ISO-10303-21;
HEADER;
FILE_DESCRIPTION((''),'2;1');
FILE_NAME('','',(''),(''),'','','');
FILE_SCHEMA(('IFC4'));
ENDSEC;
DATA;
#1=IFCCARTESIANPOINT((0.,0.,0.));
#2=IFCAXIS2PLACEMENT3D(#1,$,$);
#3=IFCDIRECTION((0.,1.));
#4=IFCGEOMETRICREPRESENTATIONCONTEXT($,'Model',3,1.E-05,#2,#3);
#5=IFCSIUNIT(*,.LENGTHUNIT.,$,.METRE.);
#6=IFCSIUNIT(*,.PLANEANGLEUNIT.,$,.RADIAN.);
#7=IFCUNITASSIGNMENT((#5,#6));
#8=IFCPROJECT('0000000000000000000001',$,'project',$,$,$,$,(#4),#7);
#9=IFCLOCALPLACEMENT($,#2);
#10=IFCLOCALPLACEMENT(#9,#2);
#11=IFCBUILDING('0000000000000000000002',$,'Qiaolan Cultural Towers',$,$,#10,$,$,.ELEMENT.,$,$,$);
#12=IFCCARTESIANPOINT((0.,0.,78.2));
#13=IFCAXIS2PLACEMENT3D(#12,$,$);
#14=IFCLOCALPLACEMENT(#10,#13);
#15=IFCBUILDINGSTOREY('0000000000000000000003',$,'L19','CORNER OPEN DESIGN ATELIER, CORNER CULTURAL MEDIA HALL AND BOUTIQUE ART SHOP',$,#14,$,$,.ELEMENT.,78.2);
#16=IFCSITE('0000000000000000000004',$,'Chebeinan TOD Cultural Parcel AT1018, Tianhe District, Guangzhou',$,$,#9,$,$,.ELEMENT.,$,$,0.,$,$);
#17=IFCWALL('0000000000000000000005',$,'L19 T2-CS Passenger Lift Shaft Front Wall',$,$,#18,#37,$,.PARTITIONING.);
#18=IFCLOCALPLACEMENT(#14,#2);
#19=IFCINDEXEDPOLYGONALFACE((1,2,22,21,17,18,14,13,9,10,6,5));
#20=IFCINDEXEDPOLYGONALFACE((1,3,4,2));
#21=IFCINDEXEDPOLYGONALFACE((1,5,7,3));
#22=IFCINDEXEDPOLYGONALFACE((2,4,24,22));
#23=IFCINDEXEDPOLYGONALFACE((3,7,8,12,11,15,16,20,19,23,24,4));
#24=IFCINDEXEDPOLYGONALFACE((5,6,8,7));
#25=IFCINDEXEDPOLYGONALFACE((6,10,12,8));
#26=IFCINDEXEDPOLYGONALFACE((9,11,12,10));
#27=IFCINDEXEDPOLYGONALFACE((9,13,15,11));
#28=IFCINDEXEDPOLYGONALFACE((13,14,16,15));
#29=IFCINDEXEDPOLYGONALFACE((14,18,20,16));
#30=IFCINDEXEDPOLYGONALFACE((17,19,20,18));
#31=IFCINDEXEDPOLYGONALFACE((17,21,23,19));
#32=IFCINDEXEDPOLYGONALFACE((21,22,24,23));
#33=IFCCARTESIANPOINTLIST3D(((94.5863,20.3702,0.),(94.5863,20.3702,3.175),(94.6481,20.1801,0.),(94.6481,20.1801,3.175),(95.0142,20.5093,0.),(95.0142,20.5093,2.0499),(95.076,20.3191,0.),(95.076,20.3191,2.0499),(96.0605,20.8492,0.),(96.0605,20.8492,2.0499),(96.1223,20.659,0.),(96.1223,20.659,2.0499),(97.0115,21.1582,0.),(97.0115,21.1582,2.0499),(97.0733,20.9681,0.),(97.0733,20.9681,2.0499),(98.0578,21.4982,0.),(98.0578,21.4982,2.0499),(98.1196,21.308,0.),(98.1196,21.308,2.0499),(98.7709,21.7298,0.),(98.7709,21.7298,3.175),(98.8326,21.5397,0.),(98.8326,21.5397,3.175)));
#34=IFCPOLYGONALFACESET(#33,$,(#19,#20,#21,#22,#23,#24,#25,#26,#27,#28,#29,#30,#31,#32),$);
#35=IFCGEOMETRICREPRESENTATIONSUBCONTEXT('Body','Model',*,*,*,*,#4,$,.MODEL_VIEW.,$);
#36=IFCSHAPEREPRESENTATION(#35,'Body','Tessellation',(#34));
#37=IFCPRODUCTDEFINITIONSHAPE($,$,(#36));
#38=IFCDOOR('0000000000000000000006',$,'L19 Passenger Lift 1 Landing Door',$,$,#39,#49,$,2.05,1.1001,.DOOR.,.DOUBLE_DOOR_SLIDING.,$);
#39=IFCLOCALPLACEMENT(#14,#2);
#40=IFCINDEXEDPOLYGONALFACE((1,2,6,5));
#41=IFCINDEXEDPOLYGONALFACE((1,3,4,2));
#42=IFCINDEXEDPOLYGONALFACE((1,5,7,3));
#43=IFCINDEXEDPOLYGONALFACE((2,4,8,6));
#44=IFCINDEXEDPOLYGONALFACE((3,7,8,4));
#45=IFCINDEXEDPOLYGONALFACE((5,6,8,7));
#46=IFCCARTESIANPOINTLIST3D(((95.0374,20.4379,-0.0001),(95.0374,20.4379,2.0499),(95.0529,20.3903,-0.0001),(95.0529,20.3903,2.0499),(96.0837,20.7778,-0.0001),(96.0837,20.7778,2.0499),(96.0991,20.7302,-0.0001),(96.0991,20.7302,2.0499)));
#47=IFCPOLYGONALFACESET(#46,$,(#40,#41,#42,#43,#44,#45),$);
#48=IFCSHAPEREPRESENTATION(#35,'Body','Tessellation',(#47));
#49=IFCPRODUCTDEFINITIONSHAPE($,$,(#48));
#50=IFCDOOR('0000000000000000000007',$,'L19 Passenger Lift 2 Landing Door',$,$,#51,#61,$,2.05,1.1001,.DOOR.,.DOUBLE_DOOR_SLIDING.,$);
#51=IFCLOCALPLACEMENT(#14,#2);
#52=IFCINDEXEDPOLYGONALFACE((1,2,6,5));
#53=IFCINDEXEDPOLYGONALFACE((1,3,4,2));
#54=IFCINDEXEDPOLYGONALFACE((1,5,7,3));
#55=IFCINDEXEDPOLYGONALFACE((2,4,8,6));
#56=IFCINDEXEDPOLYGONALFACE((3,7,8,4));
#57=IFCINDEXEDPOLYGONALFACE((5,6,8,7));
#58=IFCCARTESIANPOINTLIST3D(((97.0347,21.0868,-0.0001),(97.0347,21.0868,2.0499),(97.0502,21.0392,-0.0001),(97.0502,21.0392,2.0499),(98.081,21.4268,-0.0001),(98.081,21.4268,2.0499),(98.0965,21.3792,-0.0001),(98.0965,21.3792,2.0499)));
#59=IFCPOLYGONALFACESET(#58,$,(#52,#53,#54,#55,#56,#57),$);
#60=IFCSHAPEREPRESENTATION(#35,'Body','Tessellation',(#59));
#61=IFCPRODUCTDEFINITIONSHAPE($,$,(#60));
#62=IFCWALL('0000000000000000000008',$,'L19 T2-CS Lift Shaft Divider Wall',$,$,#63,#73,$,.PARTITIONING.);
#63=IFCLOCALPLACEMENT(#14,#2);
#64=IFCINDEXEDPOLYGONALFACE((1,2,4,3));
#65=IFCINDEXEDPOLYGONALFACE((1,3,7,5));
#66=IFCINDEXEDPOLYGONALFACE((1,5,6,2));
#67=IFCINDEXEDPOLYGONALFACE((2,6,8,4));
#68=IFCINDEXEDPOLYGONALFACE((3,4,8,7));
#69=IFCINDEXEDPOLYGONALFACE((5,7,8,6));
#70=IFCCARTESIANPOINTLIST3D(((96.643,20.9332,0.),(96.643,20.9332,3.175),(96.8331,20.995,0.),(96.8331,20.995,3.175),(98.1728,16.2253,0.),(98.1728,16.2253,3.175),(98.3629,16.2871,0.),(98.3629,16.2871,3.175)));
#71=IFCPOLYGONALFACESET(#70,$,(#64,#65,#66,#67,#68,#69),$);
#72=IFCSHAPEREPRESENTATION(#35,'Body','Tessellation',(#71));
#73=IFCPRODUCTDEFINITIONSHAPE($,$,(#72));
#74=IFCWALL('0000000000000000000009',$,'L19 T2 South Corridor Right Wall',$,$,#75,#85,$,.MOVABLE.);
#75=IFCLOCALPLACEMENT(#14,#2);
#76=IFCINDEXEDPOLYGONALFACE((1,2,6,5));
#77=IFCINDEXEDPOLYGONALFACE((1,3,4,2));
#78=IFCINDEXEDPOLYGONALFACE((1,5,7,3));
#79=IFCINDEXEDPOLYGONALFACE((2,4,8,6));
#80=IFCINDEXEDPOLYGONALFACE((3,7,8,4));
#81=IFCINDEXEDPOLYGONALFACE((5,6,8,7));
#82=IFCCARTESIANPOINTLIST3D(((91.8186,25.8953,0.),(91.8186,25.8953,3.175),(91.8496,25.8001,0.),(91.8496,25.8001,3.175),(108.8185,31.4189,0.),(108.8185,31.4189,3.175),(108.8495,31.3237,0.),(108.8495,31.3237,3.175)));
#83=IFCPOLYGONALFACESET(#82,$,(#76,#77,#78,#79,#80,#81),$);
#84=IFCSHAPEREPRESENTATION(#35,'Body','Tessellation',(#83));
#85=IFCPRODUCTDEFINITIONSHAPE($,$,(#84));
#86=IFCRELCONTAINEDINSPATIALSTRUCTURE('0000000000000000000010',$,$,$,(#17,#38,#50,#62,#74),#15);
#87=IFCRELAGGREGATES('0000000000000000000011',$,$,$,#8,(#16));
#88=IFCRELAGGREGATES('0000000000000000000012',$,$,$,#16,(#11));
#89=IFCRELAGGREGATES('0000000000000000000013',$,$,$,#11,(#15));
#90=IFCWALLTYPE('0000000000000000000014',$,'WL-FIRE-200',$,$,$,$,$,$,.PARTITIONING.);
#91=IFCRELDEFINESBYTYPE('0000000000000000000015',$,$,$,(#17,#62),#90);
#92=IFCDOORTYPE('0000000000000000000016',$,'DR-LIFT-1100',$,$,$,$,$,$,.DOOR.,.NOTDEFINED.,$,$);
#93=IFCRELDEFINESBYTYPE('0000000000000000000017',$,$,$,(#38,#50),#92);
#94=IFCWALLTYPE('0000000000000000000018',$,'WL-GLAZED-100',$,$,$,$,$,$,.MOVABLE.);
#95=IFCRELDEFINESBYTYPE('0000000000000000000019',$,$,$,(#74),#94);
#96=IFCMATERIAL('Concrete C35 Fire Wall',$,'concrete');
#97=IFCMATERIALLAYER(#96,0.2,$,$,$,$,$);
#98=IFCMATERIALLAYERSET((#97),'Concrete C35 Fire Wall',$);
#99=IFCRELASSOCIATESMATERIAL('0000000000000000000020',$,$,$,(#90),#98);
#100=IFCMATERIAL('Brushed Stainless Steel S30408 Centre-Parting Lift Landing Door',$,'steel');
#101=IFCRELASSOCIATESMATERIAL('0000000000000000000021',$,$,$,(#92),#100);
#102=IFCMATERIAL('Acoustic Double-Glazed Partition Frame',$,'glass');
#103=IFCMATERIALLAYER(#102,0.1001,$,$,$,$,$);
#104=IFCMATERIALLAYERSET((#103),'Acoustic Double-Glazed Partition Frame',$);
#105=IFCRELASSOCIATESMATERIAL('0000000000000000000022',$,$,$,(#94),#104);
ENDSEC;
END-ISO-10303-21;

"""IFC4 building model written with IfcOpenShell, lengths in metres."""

from ifc_helpers import new_model, si_unit, direction, frame, frame_2d, origin, place, context, subcontext, project, spatial, rectangle, extrude, material, layer, layer_set, type_object, element, fill, save


model = new_model("IFC4")

# Units and contexts
model_context = context("Model", 3, precision=1e-05, world=origin(), true_north=direction((0.0, 1.0)))
body_context = subcontext(model_context, "Body", "Model", "MODEL_VIEW")
ifc_project = project(units=[si_unit("LENGTHUNIT", "METRE"), si_unit("PLANEANGLEUNIT", "RADIAN")], contexts=[model_context])

# Site, building, storey
site_placement = place(None, origin())
site = spatial("IfcSite", under=ifc_project, at=site_placement, Name="Chebeinan TOD Cultural Parcel AT1018, Tianhe District, Guangzhou", CompositionType="ELEMENT", RefElevation=0.0)
building_placement = place(site_placement, origin())
building = spatial("IfcBuilding", under=site, at=building_placement, Name="Qiaolan Cultural Towers", CompositionType="ELEMENT")
storey_placement = place(building_placement, frame((0.0, 0.0, 78.2)))
storey = spatial("IfcBuildingStorey", under=building, at=storey_placement, Name="L19", Description="CORNER OPEN DESIGN ATELIER, CORNER CULTURAL MEDIA HALL AND BOUTIQUE ART SHOP", CompositionType="ELEMENT", Elevation=78.2)

# Shared definitions
ifc_material_1 = material(Name="Concrete C35 Fire Wall", Category="concrete")
ifc_layer_1 = layer(ifc_material_1, 0.2)
ifc_layer_set_1 = layer_set([ifc_layer_1], Name="Concrete C35 Fire Wall")
wall_type_1 = type_object("IfcWallType", Name="WL-FIRE-200", PredefinedType="PARTITIONING", material=ifc_layer_set_1)

# Wall, openings, doors
wall_1_placement = place(storey_placement, frame((94.6172, 20.2751, 0.0), z_axis=(0.0, 0.0, 1.0), x_axis=(0.951059, 0.309011, 0.0)))
wall_1 = element("IfcWall", 1, at=wall_1_placement, inside=storey, type_object=wall_type_1, Name="L19 T2-CS Passenger Lift Shaft Front Wall", PredefinedType="PARTITIONING", context=body_context, shape_type="SweptSolid", body=[
    extrude(rectangle(XDim=4.3999, YDim=0.2, at=frame_2d((2.2, 0.0))), origin(), (0.0, 0.0, 1.0), 3.175),
])
opening_1_placement = place(wall_1_placement, frame((0.45, 0.0, 0.0)))
opening_1 = element("IfcOpeningElement", 2, at=opening_1_placement, cuts=wall_1, PredefinedType="OPENING", context=body_context, shape_type="SweptSolid", body=[
    extrude(rectangle(XDim=1.1001, YDim=2.05, at=frame_2d((0.55, 1.0249))), frame((0.0, 0.1099, 0.0), z_axis=(0.0, -1.0, 0.0), x_axis=(1.0, 0.0, 0.0)), (0.0, 0.0, 1.0), 0.22),
])
opening_2_placement = place(wall_1_placement, frame((2.55, 0.0, 0.0)))
opening_2 = element("IfcOpeningElement", 3, at=opening_2_placement, cuts=wall_1, PredefinedType="OPENING", context=body_context, shape_type="SweptSolid", body=[
    extrude(rectangle(XDim=1.1001, YDim=2.05, at=frame_2d((0.55, 1.0249))), frame((0.0, 0.1099, 0.0), z_axis=(0.0, -1.0, 0.0), x_axis=(1.0, 0.0, 0.0)), (0.0, 0.0, 1.0), 0.22),
])
ifc_material_2 = material(Name="Brushed Stainless Steel S30408 Centre-Parting Lift Landing Door", Category="steel")
door_type_1 = type_object("IfcDoorType", Name="DR-LIFT-1100", OperationType="NOTDEFINED", PredefinedType="DOOR", material=ifc_material_2)
door_1_placement = place(opening_1_placement, origin())
door_1 = element("IfcDoor", 4, at=door_1_placement, inside=storey, type_object=door_type_1, Name="L19 Passenger Lift 1 Landing Door", OperationType="DOUBLE_DOOR_SLIDING", OverallHeight=2.05, OverallWidth=1.1001, PredefinedType="DOOR", context=body_context, shape_type="SweptSolid", body=[
    extrude(rectangle(XDim=1.1001, YDim=2.05, at=frame_2d((0.55, 1.0249))), frame((0.0, 0.0249, 0.0), z_axis=(0.0, -1.0, 0.0), x_axis=(1.0, 0.0, 0.0)), (0.0, 0.0, 1.0), 0.05),
])
fill(opening_1, door_1)
door_2_placement = place(opening_2_placement, origin())
door_2 = element("IfcDoor", 5, at=door_2_placement, inside=storey, type_object=door_type_1, Name="L19 Passenger Lift 2 Landing Door", OperationType="DOUBLE_DOOR_SLIDING", OverallHeight=2.05, OverallWidth=1.1001, PredefinedType="DOOR", context=body_context, shape_type="SweptSolid", body=[
    extrude(rectangle(XDim=1.1001, YDim=2.05, at=frame_2d((0.55, 1.0249))), frame((0.0, 0.0249, 0.0), z_axis=(0.0, -1.0, 0.0), x_axis=(1.0, 0.0, 0.0)), (0.0, 0.0, 1.0), 0.05),
])
fill(opening_2, door_2)

# Walls
wall_2_placement = place(storey_placement, frame((96.738, 20.9641, 0.0), z_axis=(0.0, 0.0, 1.0), x_axis=(0.309043, -0.951048, 0.0)))
element("IfcWall", 6, at=wall_2_placement, inside=storey, type_object=wall_type_1, Name="L19 T2-CS Lift Shaft Divider Wall", PredefinedType="PARTITIONING", context=body_context, shape_type="SweptSolid", body=[
    extrude(rectangle(XDim=4.9502, YDim=0.2, at=frame_2d((2.4751, 0.0))), origin(), (0.0, 0.0, 1.0), 3.175),
])
ifc_material_3 = material(Name="Acoustic Double-Glazed Partition Frame", Category="glass")
ifc_layer_2 = layer(ifc_material_3, 0.1001)
ifc_layer_set_2 = layer_set([ifc_layer_2], Name="Acoustic Double-Glazed Partition Frame")
wall_type_2 = type_object("IfcWallType", Name="WL-GLAZED-100", PredefinedType="MOVABLE", material=ifc_layer_set_2)
wall_3_placement = place(storey_placement, frame((91.834, 25.8477, 0.0), z_axis=(0.0, 0.0, 1.0), x_axis=(0.951056, 0.309019, 0.0)))
element("IfcWall", 7, at=wall_3_placement, inside=storey, type_object=wall_type_2, Name="L19 T2 South Corridor Right Wall", PredefinedType="MOVABLE", context=body_context, shape_type="SweptSolid", body=[
    extrude(rectangle(XDim=17.8748, YDim=0.1001, at=frame_2d((8.9375, 0.0))), origin(), (0.0, 0.0, 1.0), 3.175),
])

save(model, "model.ifc")
